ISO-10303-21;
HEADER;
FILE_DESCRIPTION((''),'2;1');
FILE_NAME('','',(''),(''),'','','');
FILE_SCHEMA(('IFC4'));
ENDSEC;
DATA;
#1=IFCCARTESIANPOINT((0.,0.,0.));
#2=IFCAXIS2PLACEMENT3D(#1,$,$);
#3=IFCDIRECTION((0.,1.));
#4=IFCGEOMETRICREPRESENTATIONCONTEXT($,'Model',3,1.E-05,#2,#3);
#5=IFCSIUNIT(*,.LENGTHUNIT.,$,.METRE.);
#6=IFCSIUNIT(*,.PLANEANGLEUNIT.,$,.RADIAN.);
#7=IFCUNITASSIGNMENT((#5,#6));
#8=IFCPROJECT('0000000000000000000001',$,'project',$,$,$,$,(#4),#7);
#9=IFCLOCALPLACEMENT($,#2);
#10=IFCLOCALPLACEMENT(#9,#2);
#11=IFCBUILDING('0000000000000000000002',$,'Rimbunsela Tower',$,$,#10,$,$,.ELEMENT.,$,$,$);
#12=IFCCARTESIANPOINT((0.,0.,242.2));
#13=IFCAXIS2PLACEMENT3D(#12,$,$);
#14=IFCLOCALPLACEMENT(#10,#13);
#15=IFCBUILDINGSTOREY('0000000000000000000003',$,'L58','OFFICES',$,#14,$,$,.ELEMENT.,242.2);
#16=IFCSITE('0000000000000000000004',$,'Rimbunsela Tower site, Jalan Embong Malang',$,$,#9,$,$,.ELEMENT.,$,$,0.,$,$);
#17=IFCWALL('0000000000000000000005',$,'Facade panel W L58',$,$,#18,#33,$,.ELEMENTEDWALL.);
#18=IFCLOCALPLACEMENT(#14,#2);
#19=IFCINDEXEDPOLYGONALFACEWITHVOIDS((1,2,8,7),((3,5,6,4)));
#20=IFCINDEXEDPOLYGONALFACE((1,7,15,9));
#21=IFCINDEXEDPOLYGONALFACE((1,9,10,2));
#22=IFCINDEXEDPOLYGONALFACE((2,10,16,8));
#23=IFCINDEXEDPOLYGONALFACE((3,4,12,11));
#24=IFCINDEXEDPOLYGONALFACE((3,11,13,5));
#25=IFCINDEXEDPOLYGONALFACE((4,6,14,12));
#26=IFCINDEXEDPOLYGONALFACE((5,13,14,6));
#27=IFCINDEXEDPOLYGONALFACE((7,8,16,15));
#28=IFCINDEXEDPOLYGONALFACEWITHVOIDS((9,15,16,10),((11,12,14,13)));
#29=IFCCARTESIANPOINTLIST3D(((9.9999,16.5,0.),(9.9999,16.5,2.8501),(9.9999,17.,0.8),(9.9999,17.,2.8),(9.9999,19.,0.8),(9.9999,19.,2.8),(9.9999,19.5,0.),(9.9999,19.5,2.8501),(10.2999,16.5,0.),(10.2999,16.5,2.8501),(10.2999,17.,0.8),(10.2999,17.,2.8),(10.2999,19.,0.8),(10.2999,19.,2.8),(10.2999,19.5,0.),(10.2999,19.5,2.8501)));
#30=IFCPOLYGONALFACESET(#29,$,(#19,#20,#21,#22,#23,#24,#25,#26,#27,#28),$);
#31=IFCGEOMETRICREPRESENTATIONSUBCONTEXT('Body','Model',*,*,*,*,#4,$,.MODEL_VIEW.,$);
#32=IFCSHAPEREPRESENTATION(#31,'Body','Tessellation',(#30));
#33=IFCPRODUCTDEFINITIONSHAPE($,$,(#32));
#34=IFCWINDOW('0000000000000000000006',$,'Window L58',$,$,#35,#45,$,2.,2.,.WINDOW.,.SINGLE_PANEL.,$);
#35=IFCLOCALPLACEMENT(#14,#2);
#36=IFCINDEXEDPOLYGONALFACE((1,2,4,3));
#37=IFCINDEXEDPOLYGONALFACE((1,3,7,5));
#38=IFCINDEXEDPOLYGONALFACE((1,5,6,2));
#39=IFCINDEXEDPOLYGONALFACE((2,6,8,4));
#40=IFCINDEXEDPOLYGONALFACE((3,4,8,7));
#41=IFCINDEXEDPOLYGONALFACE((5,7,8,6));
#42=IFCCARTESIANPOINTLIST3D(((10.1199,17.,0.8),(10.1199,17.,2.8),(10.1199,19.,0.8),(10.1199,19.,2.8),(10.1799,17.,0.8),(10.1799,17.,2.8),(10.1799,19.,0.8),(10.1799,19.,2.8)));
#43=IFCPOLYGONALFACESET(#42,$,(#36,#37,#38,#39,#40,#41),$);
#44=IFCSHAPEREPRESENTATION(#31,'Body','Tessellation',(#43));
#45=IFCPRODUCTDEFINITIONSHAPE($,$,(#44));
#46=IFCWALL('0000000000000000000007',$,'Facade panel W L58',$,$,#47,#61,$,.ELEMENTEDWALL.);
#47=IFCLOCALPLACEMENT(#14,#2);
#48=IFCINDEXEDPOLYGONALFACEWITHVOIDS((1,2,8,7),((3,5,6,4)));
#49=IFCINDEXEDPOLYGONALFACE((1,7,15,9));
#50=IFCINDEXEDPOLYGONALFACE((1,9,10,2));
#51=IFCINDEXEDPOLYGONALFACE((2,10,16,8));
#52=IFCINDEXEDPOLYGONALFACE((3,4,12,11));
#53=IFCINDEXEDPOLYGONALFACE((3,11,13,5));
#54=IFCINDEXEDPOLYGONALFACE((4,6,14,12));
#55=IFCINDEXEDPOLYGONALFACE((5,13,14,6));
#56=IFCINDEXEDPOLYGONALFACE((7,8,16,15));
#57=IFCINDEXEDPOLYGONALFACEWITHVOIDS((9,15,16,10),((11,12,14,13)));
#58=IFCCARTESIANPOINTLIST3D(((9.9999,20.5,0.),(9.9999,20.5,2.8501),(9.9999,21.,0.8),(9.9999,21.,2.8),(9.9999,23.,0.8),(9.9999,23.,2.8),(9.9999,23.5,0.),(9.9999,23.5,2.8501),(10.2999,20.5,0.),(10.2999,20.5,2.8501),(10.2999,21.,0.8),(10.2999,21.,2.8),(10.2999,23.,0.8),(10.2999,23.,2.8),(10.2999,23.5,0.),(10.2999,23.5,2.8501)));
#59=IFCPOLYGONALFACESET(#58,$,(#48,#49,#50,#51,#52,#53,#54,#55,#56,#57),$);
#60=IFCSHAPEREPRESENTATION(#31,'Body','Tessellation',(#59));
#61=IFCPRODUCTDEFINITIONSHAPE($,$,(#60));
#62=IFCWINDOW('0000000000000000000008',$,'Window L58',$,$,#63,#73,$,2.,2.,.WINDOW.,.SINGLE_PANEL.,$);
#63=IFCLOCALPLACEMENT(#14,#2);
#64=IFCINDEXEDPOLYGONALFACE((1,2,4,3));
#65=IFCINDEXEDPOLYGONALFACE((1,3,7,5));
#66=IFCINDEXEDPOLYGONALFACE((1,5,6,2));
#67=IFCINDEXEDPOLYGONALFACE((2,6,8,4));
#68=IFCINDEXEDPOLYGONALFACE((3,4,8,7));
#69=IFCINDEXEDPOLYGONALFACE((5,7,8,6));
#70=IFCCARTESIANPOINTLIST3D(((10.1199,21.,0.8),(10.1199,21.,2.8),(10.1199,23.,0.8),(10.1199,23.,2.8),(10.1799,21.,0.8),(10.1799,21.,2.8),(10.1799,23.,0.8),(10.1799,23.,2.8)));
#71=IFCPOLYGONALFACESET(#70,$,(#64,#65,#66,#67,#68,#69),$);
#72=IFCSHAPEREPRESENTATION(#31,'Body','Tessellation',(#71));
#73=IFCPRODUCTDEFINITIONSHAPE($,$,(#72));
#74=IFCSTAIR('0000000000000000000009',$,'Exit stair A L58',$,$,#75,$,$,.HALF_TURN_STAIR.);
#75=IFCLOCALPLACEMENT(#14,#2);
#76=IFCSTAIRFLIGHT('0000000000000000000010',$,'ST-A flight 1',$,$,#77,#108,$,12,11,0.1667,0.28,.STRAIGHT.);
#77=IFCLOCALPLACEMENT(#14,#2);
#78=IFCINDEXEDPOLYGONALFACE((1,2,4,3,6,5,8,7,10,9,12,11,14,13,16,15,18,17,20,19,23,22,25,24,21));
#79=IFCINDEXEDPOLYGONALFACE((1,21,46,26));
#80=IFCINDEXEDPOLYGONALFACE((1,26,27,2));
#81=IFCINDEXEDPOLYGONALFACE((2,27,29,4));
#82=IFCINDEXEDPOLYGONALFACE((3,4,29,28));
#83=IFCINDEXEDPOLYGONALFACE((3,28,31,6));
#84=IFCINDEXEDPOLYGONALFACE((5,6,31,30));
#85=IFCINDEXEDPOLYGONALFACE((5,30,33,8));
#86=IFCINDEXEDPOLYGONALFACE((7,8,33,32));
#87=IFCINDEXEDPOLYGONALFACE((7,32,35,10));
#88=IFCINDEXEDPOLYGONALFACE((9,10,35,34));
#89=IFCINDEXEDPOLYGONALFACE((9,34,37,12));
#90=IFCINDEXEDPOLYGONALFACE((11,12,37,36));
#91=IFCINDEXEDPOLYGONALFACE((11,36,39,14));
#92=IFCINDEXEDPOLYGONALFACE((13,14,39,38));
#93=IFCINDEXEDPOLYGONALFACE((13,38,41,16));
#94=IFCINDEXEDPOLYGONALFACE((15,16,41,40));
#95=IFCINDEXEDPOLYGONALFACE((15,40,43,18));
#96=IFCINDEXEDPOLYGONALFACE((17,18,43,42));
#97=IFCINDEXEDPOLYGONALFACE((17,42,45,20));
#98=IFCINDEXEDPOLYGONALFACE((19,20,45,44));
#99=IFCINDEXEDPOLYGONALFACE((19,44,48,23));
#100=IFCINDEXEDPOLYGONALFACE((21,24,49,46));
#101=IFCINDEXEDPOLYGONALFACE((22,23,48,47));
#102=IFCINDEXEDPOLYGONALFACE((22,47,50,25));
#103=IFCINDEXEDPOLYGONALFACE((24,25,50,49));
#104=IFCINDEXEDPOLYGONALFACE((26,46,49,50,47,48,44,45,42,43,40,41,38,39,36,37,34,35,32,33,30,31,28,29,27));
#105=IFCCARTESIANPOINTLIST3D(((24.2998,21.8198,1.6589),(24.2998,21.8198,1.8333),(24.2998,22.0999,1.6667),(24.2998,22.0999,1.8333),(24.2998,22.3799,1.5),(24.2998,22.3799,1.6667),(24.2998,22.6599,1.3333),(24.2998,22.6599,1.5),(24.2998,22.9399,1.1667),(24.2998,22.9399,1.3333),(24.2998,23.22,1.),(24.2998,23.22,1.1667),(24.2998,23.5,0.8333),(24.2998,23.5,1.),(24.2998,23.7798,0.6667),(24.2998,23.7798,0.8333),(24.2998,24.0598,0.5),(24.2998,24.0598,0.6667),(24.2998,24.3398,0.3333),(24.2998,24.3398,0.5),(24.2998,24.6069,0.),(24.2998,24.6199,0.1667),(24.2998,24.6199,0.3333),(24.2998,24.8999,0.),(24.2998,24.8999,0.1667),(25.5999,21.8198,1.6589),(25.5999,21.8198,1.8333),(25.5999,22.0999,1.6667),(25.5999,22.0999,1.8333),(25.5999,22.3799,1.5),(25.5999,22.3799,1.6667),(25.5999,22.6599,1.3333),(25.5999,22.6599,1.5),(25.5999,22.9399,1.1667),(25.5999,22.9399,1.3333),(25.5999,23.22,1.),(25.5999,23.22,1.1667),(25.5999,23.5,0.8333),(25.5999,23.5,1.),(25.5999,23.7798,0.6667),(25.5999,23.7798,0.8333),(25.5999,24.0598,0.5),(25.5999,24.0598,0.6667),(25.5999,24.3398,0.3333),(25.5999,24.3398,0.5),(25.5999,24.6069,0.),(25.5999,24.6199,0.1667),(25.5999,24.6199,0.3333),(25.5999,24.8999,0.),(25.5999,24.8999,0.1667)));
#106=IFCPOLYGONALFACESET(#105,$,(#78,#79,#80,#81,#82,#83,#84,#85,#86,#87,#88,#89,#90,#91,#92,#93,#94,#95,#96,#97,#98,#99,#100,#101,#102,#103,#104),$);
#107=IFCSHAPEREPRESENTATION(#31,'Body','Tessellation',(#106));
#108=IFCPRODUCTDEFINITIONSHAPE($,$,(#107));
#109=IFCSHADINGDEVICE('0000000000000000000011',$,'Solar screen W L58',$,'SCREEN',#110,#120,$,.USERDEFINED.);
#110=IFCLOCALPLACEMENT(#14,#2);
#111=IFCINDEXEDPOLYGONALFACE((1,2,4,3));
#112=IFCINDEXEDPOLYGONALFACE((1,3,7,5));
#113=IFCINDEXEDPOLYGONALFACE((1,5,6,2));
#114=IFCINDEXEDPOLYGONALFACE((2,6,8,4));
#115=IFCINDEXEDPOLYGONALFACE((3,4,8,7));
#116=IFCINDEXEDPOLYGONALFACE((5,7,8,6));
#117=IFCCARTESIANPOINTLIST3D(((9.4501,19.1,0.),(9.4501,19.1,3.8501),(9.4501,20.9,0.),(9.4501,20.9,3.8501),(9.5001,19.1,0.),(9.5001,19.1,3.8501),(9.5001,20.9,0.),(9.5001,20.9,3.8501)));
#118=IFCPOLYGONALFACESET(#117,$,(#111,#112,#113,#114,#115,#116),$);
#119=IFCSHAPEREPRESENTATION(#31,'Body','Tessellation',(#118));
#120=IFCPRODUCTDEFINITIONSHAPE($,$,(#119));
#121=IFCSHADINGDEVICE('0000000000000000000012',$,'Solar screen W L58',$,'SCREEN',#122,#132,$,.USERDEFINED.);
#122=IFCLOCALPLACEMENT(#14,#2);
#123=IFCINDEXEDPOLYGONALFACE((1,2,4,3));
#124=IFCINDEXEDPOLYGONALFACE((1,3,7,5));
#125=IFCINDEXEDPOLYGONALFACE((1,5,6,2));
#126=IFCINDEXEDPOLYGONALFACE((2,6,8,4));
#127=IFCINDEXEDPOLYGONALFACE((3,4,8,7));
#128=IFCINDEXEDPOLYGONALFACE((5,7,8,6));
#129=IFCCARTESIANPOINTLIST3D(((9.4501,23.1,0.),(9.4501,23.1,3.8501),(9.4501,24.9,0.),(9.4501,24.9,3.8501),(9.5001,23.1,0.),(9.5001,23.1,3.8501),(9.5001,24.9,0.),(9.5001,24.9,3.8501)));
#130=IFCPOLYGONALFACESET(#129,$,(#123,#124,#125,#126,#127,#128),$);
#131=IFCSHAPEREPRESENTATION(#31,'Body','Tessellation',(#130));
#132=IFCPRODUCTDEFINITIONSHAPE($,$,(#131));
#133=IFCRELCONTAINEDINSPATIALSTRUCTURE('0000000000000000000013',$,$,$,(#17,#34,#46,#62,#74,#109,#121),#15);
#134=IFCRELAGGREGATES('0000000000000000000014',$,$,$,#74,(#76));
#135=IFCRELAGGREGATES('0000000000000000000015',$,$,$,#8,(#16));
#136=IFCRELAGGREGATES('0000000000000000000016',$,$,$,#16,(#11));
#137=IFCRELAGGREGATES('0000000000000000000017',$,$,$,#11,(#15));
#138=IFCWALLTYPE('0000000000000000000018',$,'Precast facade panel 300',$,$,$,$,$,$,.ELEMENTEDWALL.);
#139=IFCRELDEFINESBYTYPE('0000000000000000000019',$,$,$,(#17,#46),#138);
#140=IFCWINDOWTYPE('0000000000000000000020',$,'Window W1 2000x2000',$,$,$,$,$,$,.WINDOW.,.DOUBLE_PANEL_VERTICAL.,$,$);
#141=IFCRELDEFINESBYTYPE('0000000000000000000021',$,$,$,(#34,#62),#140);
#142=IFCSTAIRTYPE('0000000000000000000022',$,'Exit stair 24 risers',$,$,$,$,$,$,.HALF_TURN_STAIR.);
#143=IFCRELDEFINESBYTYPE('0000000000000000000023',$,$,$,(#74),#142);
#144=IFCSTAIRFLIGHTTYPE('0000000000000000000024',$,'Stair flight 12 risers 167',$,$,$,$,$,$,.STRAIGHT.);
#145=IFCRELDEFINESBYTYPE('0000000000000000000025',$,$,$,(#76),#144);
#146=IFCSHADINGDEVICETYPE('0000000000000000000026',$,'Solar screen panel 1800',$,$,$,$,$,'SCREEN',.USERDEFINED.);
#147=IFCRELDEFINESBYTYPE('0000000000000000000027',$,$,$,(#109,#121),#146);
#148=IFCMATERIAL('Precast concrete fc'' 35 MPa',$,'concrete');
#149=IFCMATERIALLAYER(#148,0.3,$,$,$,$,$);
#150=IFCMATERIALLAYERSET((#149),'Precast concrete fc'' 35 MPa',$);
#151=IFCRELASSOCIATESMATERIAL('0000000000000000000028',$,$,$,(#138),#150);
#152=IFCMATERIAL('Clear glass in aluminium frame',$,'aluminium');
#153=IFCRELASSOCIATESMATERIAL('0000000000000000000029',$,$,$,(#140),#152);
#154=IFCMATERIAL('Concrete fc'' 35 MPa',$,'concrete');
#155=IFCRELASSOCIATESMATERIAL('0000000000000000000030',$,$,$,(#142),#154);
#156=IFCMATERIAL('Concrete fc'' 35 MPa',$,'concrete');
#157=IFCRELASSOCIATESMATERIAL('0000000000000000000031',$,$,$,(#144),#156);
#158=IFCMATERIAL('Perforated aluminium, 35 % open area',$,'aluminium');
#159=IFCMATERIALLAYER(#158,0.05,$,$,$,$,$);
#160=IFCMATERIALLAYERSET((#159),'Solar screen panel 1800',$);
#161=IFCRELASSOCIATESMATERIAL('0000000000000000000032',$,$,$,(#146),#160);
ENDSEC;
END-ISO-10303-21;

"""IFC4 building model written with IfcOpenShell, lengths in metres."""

from ifc_helpers import new_model, si_unit, direction, frame, frame_2d, origin, origin_2d, place, context, subcontext, project, spatial, polyline, rectangle, outline, extrude, material, layer, layer_set, type_object, element, fill, aggregate, save


model = new_model("IFC4")

# Units and contexts
model_context = context("Model", 3, precision=1e-05, world=origin(), true_north=direction((0.0, 1.0)))
body_context = subcontext(model_context, "Body", "Model", "MODEL_VIEW")
ifc_project = project(units=[si_unit("LENGTHUNIT", "METRE"), si_unit("PLANEANGLEUNIT", "RADIAN")], contexts=[model_context])

# Site, building, storey
site_placement = place(None, origin())
site = spatial("IfcSite", under=ifc_project, at=site_placement, Name="Rimbunsela Tower site, Jalan Embong Malang", CompositionType="ELEMENT", RefElevation=0.0)
building_placement = place(site_placement, origin())
building = spatial("IfcBuilding", under=site, at=building_placement, Name="Rimbunsela Tower", CompositionType="ELEMENT")
storey_placement = place(building_placement, frame((0.0, 0.0, 242.2)))
storey = spatial("IfcBuildingStorey", under=building, at=storey_placement, Name="L58", Description="OFFICES", CompositionType="ELEMENT", Elevation=242.2)

# Walls, openings, windows
ifc_material_1 = material(Name="Precast concrete fc' 35 MPa", Category="concrete")
ifc_layer_1 = layer(ifc_material_1, 0.3)
ifc_layer_set_1 = layer_set([ifc_layer_1], Name="Precast concrete fc' 35 MPa")
wall_type_1 = type_object("IfcWallType", Name="Precast facade panel 300", PredefinedType="ELEMENTEDWALL", material=ifc_layer_set_1)
wall_1_placement = place(storey_placement, frame((10.1499, 19.5, 0.0), z_axis=(0.0, 0.0, 1.0), x_axis=(0.0, -1.0, 0.0)))
wall_1 = element("IfcWall", 1, at=wall_1_placement, inside=storey, type_object=wall_type_1, Name="Facade panel W L58", PredefinedType="ELEMENTEDWALL", context=body_context, shape_type="SweptSolid", body=[
    extrude(rectangle(XDim=3.0, YDim=0.3, at=frame_2d((1.5, 0.0))), origin(), (0.0, 0.0, 1.0), 2.8501),
])
opening_1_placement = place(wall_1_placement, frame((0.5, 0.0, 0.8)))
opening_1 = element("IfcOpeningElement", 2, at=opening_1_placement, cuts=wall_1, PredefinedType="OPENING", context=body_context, shape_type="SweptSolid", body=[
    extrude(rectangle(XDim=2.0, YDim=2.0, at=frame_2d((1.0, 1.0))), frame((0.0, 0.1599, 0.0), z_axis=(0.0, -1.0, 0.0), x_axis=(1.0, 0.0, 0.0)), (0.0, 0.0, 1.0), 0.3201),
])
ifc_material_2 = material(Name="Clear glass in aluminium frame", Category="aluminium")
window_type = type_object("IfcWindowType", Name="Window W1 2000x2000", PartitioningType="DOUBLE_PANEL_VERTICAL", PredefinedType="WINDOW", material=ifc_material_2)
window_1_placement = place(opening_1_placement, origin())
window_1 = element("IfcWindow", 3, at=window_1_placement, inside=storey, type_object=window_type, Name="Window L58", OverallHeight=2.0, OverallWidth=2.0, PartitioningType="SINGLE_PANEL", PredefinedType="WINDOW", context=body_context, shape_type="SweptSolid", body=[
    extrude(rectangle(XDim=2.0, YDim=2.0, at=frame_2d((1.0, 1.0))), frame((0.0, 0.03, 0.0), z_axis=(0.0, -1.0, 0.0), x_axis=(1.0, 0.0, 0.0)), (0.0, 0.0, 1.0), 0.0601),
])
fill(opening_1, window_1)
wall_2_placement = place(storey_placement, frame((10.1499, 23.5, 0.0), z_axis=(0.0, 0.0, 1.0), x_axis=(0.0, -1.0, 0.0)))
wall_2 = element("IfcWall", 4, at=wall_2_placement, inside=storey, type_object=wall_type_1, Name="Facade panel W L58", PredefinedType="ELEMENTEDWALL", context=body_context, shape_type="SweptSolid", body=[
    extrude(rectangle(XDim=3.0, YDim=0.3, at=frame_2d((1.5, 0.0))), origin(), (0.0, 0.0, 1.0), 2.8501),
])
opening_2_placement = place(wall_2_placement, frame((0.5, 0.0, 0.8)))
opening_2 = element("IfcOpeningElement", 5, at=opening_2_placement, cuts=wall_2, PredefinedType="OPENING", context=body_context, shape_type="SweptSolid", body=[
    extrude(rectangle(XDim=2.0, YDim=2.0, at=frame_2d((1.0, 1.0))), frame((0.0, 0.1599, 0.0), z_axis=(0.0, -1.0, 0.0), x_axis=(1.0, 0.0, 0.0)), (0.0, 0.0, 1.0), 0.3201),
])
window_2_placement = place(opening_2_placement, origin())
window_2 = element("IfcWindow", 6, at=window_2_placement, inside=storey, type_object=window_type, Name="Window L58", OverallHeight=2.0, OverallWidth=2.0, PartitioningType="SINGLE_PANEL", PredefinedType="WINDOW", context=body_context, shape_type="SweptSolid", body=[
    extrude(rectangle(XDim=2.0, YDim=2.0, at=frame_2d((1.0, 1.0))), frame((0.0, 0.03, 0.0), z_axis=(0.0, -1.0, 0.0), x_axis=(1.0, 0.0, 0.0)), (0.0, 0.0, 1.0), 0.0601),
])
fill(opening_2, window_2)

# Stair, stair flight
ifc_material_3 = material(Name="Concrete fc' 35 MPa", Category="concrete")
stair_type = type_object("IfcStairType", Name="Exit stair 24 risers", PredefinedType="HALF_TURN_STAIR", material=ifc_material_3)
stair_placement = place(storey_placement, origin())
stair = element("IfcStair", 7, at=stair_placement, inside=storey, type_object=stair_type, Name="Exit stair A L58", PredefinedType="HALF_TURN_STAIR")
ifc_material_4 = material(Name="Concrete fc' 35 MPa", Category="concrete")
stair_flight_type = type_object("IfcStairFlightType", Name="Stair flight 12 risers 167", PredefinedType="STRAIGHT", material=ifc_material_4)
stair_flight_placement = place(storey_placement, frame((24.95, 24.8999, 0.0), z_axis=(0.0, 0.0, 1.0), x_axis=(0.0, -1.0, 0.0)))
stair_flight = element("IfcStairFlight", 8, at=stair_flight_placement, type_object=stair_flight_type, Name="ST-A flight 1", NumberOfRisers=12, NumberOfTreads=11, PredefinedType="STRAIGHT", RiserHeight=0.1667, TreadLength=0.28, context=body_context, shape_type="SweptSolid", body=[
    extrude(outline(polyline([(0.0, 0.0), (0.0, 0.1667), (0.28, 0.1667), (0.28, 0.3333), (0.5601, 0.3333), (0.5601, 0.5), (0.8401, 0.5), (0.8401, 0.6667), (1.1201, 0.6667), (1.1201, 0.8333), (1.3999, 0.8333), (1.3999, 1.0), (1.6799, 1.0), (1.6799, 1.1667), (1.96, 1.1667), (1.96, 1.3333), (2.24, 1.3333), (2.24, 1.5), (2.52, 1.5), (2.52, 1.6667), (2.8, 1.6667), (2.8, 1.8333), (3.0801, 1.8333), (3.0801, 2.0), (3.0801, 1.6589), (0.293, 0.0), (0.0, 0.0)])), frame((0.0, 0.6499, 0.0), z_axis=(0.0, -1.0, 0.0), x_axis=(1.0, 0.0, 0.0)), (0.0, 0.0, 1.0), 1.3),
])
aggregate(stair, [stair_flight])

# Shading devices
ifc_material_5 = material(Name="Perforated aluminium, 35 % open area", Category="aluminium")
ifc_layer_2 = layer(ifc_material_5, 0.05)
ifc_layer_set_2 = layer_set([ifc_layer_2], Name="Solar screen panel 1800")
shading_device_type = type_object("IfcShadingDeviceType", Name="Solar screen panel 1800", ElementType="SCREEN", PredefinedType="USERDEFINED", material=ifc_layer_set_2)
for number, where, z_axis, x_axis, name in (
    (9, (9.4751, 20.0, 0.0), (0.0, 0.0, 1.0), (0.0, 1.0, 0.0), "Solar screen W L58"),
    (10, (9.4751, 24.0, 0.0), (0.0, 0.0, 1.0), (0.0, 1.0, 0.0), "Solar screen W L58"),
):
    element("IfcShadingDevice", number, at=place(storey_placement, frame(where, z_axis=z_axis, x_axis=x_axis)), inside=storey, type_object=shading_device_type, Name=name, ObjectType="SCREEN", PredefinedType="USERDEFINED", context=body_context, shape_type="SweptSolid", body=[
        extrude(rectangle(XDim=1.8, YDim=0.05, at=origin_2d()), origin(), (0.0, 0.0, 1.0), 3.8501),
    ])

save(model, "model.ifc")
